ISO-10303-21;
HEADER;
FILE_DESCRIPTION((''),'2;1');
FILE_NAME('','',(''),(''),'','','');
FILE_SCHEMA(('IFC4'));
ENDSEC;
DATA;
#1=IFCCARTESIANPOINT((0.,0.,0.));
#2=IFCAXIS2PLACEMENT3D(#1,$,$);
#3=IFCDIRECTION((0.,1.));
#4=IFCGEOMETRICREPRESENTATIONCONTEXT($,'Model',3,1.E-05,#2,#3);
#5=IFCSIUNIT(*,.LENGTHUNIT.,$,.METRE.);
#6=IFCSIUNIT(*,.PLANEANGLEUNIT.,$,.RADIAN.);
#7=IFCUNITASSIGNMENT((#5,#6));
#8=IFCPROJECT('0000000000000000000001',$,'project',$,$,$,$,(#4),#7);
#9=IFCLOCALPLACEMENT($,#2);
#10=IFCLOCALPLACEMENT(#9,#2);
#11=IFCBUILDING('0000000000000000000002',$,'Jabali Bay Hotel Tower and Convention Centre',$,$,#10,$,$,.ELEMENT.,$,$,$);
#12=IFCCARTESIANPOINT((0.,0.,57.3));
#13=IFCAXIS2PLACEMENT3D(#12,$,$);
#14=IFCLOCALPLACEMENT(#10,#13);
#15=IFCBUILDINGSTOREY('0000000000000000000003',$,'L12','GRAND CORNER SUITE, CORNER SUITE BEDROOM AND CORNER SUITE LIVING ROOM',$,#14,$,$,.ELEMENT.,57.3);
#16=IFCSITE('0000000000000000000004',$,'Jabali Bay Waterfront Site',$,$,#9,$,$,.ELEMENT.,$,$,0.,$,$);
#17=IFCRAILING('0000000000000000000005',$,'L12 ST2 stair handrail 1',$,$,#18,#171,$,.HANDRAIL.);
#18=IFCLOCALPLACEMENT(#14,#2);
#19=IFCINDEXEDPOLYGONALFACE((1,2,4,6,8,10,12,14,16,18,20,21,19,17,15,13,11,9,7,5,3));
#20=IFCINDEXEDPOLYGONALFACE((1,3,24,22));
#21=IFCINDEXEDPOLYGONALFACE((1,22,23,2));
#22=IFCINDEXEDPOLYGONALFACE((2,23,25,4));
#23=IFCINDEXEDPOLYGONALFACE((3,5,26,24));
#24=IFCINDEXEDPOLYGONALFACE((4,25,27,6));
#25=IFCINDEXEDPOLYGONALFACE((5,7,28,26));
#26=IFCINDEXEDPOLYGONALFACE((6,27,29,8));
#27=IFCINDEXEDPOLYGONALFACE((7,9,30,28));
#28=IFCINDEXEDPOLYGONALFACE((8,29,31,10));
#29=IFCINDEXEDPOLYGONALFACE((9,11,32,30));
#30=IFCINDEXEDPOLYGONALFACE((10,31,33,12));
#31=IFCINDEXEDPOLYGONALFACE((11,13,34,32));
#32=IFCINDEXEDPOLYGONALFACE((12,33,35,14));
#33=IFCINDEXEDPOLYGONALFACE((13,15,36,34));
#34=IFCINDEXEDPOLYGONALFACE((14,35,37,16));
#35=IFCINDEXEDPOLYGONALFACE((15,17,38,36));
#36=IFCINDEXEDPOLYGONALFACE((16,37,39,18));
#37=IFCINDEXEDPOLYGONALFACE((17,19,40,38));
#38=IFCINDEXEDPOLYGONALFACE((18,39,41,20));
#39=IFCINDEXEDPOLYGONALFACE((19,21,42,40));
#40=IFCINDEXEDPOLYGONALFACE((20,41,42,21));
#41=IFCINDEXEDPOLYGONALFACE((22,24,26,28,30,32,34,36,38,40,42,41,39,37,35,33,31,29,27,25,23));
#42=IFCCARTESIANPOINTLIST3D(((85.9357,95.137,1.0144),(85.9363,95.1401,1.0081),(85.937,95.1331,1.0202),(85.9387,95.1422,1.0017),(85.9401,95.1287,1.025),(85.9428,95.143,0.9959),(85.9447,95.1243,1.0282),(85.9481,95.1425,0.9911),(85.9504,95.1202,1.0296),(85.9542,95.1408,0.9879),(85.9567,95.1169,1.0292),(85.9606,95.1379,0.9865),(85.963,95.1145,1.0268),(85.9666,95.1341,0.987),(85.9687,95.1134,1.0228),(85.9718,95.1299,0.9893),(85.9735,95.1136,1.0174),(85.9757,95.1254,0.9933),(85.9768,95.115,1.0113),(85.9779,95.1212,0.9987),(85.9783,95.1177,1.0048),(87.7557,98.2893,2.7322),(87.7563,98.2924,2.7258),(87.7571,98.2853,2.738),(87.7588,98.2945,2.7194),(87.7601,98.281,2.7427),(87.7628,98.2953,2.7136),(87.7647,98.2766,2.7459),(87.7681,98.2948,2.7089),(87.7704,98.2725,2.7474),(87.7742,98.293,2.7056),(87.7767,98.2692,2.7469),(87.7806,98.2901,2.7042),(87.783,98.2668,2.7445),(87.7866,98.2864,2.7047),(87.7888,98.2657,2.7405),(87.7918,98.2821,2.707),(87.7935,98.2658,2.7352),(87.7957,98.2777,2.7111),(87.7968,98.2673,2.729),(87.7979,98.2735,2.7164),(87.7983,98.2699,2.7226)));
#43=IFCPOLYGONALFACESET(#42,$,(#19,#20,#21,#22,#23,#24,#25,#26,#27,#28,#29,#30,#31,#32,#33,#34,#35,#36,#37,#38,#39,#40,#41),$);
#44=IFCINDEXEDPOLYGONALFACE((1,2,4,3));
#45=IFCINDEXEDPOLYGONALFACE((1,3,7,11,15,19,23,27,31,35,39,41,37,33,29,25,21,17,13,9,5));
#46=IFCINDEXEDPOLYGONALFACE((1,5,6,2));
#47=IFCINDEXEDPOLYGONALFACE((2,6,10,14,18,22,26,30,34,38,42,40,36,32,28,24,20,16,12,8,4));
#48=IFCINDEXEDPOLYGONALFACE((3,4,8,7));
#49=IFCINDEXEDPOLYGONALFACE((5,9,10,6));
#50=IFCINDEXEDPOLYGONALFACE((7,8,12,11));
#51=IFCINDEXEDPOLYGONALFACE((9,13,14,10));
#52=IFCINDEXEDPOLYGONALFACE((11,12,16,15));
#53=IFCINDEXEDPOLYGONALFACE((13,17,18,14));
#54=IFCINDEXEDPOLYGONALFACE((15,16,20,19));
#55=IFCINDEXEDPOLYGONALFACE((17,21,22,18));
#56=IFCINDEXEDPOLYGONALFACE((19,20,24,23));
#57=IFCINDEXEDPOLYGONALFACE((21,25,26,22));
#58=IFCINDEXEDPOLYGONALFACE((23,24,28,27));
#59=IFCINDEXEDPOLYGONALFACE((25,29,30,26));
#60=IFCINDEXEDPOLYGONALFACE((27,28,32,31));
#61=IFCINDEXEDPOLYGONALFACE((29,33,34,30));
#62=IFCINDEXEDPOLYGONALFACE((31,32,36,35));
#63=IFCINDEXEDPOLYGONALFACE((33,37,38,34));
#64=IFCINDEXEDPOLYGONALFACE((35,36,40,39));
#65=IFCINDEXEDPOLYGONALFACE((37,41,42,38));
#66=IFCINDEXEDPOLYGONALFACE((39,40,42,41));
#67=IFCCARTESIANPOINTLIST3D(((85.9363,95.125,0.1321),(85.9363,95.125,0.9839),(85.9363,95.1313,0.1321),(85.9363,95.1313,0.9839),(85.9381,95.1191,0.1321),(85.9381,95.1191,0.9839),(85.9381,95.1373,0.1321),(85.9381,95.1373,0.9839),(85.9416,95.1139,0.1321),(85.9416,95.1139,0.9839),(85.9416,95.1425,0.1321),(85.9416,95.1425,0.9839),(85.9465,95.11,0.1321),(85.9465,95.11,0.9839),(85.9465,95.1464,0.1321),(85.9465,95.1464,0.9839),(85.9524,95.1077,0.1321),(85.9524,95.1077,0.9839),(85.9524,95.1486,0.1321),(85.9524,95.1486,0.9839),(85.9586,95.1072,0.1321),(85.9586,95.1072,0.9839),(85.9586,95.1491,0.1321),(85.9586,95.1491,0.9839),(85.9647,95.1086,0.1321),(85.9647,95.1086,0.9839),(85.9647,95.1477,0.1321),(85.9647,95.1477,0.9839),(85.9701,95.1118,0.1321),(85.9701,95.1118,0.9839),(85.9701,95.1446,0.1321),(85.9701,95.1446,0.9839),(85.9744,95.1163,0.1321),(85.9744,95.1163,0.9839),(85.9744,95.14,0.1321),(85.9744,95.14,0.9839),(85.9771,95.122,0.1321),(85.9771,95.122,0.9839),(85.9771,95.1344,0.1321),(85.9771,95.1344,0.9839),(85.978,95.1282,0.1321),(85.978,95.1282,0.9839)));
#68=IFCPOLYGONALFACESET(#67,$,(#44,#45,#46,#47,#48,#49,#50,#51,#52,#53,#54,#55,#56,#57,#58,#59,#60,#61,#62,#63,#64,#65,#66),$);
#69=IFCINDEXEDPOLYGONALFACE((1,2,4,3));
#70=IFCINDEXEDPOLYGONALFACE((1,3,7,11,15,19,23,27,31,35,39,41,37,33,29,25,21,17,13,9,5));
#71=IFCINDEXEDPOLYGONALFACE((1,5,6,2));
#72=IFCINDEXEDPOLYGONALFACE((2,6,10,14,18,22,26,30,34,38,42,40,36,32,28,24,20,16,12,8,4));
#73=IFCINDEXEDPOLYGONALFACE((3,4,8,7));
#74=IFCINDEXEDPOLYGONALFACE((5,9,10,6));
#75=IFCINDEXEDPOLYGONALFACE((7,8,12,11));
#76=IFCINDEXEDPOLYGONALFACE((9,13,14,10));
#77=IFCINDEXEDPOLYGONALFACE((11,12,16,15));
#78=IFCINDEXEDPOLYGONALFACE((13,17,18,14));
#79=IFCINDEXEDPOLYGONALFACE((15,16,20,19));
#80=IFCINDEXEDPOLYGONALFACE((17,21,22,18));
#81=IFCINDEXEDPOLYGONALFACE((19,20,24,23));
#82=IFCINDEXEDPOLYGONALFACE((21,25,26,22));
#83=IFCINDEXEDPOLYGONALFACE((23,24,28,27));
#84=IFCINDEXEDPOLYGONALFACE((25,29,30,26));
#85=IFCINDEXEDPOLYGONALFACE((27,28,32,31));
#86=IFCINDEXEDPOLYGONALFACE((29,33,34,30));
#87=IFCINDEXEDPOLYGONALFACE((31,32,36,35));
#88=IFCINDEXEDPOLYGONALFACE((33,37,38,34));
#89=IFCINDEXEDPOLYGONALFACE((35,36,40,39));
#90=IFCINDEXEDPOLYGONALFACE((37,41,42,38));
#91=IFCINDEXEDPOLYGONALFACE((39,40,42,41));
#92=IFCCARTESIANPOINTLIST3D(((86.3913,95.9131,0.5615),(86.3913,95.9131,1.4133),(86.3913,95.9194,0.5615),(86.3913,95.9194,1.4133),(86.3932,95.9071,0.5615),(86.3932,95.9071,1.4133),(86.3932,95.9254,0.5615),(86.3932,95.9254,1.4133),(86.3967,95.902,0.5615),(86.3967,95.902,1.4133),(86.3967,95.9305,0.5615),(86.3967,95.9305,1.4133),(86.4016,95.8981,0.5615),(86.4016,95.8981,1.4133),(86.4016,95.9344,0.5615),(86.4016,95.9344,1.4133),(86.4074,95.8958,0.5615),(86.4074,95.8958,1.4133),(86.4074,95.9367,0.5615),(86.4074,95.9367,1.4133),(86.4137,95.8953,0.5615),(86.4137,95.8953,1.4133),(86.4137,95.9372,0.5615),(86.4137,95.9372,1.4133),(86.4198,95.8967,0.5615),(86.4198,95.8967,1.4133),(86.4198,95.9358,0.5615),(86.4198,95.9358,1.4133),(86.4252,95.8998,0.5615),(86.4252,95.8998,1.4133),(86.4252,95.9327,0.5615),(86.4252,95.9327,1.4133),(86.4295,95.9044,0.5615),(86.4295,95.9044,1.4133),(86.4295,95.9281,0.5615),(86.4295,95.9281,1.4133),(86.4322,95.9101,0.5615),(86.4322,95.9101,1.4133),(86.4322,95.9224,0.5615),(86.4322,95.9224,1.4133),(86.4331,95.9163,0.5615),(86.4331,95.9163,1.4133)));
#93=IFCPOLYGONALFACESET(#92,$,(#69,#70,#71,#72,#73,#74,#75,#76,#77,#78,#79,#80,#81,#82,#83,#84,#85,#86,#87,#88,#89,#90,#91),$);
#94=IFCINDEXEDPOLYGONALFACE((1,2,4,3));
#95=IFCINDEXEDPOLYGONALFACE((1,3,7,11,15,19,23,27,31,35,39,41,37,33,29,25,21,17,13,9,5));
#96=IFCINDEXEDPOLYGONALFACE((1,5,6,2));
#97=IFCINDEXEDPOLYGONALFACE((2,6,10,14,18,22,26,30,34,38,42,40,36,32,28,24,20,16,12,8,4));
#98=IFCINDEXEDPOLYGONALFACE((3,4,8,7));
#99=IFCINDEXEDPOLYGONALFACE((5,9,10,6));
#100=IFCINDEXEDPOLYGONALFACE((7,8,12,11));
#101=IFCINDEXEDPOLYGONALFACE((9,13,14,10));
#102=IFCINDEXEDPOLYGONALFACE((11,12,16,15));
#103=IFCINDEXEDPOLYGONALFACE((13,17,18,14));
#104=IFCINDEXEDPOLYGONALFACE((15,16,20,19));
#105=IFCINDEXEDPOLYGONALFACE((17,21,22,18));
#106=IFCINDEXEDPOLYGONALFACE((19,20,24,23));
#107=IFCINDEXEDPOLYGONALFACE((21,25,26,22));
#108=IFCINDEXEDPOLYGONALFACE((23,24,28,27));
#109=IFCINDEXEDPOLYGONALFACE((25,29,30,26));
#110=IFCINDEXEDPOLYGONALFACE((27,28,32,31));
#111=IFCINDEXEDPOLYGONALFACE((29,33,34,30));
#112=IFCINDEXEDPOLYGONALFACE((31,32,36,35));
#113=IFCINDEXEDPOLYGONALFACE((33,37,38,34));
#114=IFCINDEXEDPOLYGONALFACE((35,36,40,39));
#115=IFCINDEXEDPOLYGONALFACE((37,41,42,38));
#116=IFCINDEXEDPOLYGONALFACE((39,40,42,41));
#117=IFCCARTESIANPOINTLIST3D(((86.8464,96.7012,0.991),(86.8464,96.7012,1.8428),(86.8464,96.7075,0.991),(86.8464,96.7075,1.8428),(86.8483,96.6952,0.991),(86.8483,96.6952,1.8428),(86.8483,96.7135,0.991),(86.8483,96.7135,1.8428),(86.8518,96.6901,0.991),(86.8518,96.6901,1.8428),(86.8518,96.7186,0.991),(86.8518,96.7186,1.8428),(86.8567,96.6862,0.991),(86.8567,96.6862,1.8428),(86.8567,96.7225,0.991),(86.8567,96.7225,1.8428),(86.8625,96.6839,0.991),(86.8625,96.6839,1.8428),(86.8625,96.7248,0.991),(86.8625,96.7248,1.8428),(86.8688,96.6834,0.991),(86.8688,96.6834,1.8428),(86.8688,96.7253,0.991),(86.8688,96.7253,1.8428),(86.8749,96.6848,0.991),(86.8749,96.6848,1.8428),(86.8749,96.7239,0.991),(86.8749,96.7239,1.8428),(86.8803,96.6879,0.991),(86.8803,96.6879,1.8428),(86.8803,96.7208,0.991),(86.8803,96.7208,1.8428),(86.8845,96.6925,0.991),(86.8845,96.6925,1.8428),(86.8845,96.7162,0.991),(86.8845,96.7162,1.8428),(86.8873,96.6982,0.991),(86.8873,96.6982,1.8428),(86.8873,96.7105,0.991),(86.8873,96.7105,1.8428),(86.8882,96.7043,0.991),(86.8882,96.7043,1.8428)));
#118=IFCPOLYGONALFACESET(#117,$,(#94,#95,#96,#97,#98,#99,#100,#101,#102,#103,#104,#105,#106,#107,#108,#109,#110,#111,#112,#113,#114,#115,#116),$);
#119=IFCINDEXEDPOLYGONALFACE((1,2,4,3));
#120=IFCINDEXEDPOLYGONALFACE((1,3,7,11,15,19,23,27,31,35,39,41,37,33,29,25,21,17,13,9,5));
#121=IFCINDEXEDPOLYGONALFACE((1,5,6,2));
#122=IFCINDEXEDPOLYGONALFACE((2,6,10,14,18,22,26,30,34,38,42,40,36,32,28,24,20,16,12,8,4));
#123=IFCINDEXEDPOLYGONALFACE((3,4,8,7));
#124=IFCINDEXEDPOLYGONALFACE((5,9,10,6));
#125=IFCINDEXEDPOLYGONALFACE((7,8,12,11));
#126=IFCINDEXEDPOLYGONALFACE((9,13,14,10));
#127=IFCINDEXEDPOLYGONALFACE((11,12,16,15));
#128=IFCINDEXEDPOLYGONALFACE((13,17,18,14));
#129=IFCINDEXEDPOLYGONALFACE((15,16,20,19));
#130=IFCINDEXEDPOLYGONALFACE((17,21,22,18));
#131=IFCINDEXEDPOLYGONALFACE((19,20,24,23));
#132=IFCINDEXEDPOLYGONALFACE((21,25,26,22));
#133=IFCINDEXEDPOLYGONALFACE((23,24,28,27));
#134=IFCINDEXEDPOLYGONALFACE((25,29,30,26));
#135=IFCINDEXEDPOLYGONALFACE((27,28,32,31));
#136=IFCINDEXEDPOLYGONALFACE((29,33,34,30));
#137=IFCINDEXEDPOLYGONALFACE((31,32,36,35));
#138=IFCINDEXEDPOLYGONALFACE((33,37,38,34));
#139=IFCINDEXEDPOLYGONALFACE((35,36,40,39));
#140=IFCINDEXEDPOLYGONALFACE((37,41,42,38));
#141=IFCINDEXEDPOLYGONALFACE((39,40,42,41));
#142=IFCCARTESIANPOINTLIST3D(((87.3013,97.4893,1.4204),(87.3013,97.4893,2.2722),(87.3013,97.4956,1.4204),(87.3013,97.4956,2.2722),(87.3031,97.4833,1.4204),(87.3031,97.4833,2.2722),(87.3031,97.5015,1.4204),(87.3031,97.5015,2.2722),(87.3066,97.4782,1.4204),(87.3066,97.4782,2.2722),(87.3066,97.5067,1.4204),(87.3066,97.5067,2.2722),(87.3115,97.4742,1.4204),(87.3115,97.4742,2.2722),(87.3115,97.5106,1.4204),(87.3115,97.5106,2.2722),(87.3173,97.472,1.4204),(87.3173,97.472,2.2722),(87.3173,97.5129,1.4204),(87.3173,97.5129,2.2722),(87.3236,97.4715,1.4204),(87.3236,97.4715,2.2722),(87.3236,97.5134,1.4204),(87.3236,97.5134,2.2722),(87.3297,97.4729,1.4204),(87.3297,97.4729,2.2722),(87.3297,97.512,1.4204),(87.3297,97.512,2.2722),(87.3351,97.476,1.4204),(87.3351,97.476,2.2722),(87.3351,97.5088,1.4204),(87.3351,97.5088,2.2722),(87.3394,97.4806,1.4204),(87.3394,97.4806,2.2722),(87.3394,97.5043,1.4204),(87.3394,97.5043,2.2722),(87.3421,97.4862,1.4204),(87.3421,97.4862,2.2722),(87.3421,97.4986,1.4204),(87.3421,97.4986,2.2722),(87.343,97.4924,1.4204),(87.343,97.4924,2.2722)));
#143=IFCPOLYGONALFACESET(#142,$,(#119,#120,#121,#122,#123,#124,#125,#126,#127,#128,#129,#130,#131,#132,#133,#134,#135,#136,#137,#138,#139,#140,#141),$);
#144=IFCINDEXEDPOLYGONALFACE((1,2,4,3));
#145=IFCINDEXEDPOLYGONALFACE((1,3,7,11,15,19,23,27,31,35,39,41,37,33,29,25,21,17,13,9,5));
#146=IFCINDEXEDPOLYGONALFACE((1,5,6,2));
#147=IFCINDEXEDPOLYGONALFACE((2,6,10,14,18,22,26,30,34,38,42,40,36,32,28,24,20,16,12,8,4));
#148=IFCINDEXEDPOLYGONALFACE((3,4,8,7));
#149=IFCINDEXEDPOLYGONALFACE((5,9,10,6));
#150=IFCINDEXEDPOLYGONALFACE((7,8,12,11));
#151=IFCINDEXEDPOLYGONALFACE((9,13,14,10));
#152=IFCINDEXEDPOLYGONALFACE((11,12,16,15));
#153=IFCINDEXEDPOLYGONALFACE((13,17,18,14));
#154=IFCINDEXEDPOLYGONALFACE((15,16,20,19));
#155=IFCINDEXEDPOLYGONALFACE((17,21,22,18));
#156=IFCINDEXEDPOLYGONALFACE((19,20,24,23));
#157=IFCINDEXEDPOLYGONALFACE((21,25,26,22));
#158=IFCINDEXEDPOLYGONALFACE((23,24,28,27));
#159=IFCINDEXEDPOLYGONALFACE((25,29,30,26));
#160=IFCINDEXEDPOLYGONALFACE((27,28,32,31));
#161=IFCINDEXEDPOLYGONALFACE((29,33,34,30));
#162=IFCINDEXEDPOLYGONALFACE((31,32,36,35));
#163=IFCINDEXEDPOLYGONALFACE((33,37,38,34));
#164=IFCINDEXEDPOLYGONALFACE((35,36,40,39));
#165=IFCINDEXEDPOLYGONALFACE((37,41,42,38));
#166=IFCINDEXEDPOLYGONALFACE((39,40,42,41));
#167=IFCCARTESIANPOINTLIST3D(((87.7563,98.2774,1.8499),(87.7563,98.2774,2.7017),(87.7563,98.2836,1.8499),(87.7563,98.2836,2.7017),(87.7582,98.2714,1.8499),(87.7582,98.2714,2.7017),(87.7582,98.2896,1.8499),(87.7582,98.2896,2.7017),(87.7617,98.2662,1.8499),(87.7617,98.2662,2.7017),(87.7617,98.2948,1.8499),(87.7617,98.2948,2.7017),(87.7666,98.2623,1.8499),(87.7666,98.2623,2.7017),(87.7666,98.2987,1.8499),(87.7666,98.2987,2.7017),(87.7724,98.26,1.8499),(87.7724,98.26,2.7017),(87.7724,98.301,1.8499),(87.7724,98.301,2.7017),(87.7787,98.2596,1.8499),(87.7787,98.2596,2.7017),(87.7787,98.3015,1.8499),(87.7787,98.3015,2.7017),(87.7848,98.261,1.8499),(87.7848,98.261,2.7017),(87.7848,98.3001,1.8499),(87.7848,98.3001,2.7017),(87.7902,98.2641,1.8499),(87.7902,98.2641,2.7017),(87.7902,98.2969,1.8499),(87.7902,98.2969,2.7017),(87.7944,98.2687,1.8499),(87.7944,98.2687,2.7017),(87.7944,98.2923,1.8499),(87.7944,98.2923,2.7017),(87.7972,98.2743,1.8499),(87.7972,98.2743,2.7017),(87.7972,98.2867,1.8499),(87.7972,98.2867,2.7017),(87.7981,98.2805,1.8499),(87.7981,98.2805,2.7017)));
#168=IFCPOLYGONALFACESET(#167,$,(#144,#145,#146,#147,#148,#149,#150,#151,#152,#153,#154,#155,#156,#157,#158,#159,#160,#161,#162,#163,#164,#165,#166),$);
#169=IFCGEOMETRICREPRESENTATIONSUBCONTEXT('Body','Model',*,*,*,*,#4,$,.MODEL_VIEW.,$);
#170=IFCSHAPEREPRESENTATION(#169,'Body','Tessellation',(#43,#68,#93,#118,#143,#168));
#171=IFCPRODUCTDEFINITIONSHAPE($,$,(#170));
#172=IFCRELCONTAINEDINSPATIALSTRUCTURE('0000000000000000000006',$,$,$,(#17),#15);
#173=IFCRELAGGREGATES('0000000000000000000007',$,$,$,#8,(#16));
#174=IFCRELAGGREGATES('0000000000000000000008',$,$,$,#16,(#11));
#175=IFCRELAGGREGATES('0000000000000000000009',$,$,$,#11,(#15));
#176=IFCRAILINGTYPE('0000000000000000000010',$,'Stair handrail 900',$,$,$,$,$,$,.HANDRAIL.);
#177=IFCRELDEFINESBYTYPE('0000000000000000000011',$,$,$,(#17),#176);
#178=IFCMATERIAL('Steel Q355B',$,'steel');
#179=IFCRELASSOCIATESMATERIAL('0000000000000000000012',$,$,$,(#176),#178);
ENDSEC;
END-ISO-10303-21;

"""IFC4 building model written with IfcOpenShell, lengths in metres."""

from ifc_helpers import new_model, si_unit, direction, frame, origin, origin_2d, place, context, subcontext, project, spatial, circle, extrude, material, type_object, element, save


model = new_model("IFC4")

# Units and contexts
model_context = context("Model", 3, precision=1e-05, world=origin(), true_north=direction((0.0, 1.0)))
body_context = subcontext(model_context, "Body", "Model", "MODEL_VIEW")
ifc_project = project(units=[si_unit("LENGTHUNIT", "METRE"), si_unit("PLANEANGLEUNIT", "RADIAN")], contexts=[model_context])

# Site, building, storey
site_placement = place(None, origin())
site = spatial("IfcSite", under=ifc_project, at=site_placement, Name="Jabali Bay Waterfront Site", CompositionType="ELEMENT", RefElevation=0.0)
building_placement = place(site_placement, origin())
building = spatial("IfcBuilding", under=site, at=building_placement, Name="Jabali Bay Hotel Tower and Convention Centre", CompositionType="ELEMENT")
storey_placement = place(building_placement, frame((0.0, 0.0, 57.3)))
storey = spatial("IfcBuildingStorey", under=building, at=storey_placement, Name="L12", Description="GRAND CORNER SUITE, CORNER SUITE BEDROOM AND CORNER SUITE LIVING ROOM", CompositionType="ELEMENT", Elevation=57.3)

# Railing
ifc_material_1 = material(Name="Steel Q355B", Category="steel")
railing_type_1 = type_object("IfcRailingType", Name="Stair handrail 900", PredefinedType="HANDRAIL", material=ifc_material_1)
railing_1_placement = place(storey_placement, frame((85.957, 95.1282, 0.1321)))
element("IfcRailing", 1, at=railing_1_placement, inside=storey, type_object=railing_type_1, Name="L12 ST2 stair handrail 1", PredefinedType="HANDRAIL", context=body_context, shape_type="SweptSolid", body=[
    extrude(circle(Radius=0.0239, at=origin_2d()), frame((0.0, 0.0, 0.876), z_axis=(0.45219, 0.78319, 0.426775), x_axis=(-0.866018, 0.500013, 0.0)), (0.0, 0.0, 1.0), 4.0249),
    extrude(circle(Radius=0.021, at=origin_2d()), origin(), (0.0, 0.0, 1.0), 0.8518),
    extrude(circle(Radius=0.021, at=origin_2d()), frame((0.4551, 0.7881, 0.4294)), (0.0, 0.0, 1.0), 0.8518),
    extrude(circle(Radius=0.021, at=origin_2d()), frame((0.9102, 1.5762, 0.8589)), (0.0, 0.0, 1.0), 0.8518),
    extrude(circle(Radius=0.021, at=origin_2d()), frame((1.365, 2.3643, 1.2883)), (0.0, 0.0, 1.0), 0.8518),
    extrude(circle(Radius=0.021, at=origin_2d()), frame((1.8201, 3.1523, 1.7178)), (0.0, 0.0, 1.0), 0.8518),
])

save(model, "model.ifc")
